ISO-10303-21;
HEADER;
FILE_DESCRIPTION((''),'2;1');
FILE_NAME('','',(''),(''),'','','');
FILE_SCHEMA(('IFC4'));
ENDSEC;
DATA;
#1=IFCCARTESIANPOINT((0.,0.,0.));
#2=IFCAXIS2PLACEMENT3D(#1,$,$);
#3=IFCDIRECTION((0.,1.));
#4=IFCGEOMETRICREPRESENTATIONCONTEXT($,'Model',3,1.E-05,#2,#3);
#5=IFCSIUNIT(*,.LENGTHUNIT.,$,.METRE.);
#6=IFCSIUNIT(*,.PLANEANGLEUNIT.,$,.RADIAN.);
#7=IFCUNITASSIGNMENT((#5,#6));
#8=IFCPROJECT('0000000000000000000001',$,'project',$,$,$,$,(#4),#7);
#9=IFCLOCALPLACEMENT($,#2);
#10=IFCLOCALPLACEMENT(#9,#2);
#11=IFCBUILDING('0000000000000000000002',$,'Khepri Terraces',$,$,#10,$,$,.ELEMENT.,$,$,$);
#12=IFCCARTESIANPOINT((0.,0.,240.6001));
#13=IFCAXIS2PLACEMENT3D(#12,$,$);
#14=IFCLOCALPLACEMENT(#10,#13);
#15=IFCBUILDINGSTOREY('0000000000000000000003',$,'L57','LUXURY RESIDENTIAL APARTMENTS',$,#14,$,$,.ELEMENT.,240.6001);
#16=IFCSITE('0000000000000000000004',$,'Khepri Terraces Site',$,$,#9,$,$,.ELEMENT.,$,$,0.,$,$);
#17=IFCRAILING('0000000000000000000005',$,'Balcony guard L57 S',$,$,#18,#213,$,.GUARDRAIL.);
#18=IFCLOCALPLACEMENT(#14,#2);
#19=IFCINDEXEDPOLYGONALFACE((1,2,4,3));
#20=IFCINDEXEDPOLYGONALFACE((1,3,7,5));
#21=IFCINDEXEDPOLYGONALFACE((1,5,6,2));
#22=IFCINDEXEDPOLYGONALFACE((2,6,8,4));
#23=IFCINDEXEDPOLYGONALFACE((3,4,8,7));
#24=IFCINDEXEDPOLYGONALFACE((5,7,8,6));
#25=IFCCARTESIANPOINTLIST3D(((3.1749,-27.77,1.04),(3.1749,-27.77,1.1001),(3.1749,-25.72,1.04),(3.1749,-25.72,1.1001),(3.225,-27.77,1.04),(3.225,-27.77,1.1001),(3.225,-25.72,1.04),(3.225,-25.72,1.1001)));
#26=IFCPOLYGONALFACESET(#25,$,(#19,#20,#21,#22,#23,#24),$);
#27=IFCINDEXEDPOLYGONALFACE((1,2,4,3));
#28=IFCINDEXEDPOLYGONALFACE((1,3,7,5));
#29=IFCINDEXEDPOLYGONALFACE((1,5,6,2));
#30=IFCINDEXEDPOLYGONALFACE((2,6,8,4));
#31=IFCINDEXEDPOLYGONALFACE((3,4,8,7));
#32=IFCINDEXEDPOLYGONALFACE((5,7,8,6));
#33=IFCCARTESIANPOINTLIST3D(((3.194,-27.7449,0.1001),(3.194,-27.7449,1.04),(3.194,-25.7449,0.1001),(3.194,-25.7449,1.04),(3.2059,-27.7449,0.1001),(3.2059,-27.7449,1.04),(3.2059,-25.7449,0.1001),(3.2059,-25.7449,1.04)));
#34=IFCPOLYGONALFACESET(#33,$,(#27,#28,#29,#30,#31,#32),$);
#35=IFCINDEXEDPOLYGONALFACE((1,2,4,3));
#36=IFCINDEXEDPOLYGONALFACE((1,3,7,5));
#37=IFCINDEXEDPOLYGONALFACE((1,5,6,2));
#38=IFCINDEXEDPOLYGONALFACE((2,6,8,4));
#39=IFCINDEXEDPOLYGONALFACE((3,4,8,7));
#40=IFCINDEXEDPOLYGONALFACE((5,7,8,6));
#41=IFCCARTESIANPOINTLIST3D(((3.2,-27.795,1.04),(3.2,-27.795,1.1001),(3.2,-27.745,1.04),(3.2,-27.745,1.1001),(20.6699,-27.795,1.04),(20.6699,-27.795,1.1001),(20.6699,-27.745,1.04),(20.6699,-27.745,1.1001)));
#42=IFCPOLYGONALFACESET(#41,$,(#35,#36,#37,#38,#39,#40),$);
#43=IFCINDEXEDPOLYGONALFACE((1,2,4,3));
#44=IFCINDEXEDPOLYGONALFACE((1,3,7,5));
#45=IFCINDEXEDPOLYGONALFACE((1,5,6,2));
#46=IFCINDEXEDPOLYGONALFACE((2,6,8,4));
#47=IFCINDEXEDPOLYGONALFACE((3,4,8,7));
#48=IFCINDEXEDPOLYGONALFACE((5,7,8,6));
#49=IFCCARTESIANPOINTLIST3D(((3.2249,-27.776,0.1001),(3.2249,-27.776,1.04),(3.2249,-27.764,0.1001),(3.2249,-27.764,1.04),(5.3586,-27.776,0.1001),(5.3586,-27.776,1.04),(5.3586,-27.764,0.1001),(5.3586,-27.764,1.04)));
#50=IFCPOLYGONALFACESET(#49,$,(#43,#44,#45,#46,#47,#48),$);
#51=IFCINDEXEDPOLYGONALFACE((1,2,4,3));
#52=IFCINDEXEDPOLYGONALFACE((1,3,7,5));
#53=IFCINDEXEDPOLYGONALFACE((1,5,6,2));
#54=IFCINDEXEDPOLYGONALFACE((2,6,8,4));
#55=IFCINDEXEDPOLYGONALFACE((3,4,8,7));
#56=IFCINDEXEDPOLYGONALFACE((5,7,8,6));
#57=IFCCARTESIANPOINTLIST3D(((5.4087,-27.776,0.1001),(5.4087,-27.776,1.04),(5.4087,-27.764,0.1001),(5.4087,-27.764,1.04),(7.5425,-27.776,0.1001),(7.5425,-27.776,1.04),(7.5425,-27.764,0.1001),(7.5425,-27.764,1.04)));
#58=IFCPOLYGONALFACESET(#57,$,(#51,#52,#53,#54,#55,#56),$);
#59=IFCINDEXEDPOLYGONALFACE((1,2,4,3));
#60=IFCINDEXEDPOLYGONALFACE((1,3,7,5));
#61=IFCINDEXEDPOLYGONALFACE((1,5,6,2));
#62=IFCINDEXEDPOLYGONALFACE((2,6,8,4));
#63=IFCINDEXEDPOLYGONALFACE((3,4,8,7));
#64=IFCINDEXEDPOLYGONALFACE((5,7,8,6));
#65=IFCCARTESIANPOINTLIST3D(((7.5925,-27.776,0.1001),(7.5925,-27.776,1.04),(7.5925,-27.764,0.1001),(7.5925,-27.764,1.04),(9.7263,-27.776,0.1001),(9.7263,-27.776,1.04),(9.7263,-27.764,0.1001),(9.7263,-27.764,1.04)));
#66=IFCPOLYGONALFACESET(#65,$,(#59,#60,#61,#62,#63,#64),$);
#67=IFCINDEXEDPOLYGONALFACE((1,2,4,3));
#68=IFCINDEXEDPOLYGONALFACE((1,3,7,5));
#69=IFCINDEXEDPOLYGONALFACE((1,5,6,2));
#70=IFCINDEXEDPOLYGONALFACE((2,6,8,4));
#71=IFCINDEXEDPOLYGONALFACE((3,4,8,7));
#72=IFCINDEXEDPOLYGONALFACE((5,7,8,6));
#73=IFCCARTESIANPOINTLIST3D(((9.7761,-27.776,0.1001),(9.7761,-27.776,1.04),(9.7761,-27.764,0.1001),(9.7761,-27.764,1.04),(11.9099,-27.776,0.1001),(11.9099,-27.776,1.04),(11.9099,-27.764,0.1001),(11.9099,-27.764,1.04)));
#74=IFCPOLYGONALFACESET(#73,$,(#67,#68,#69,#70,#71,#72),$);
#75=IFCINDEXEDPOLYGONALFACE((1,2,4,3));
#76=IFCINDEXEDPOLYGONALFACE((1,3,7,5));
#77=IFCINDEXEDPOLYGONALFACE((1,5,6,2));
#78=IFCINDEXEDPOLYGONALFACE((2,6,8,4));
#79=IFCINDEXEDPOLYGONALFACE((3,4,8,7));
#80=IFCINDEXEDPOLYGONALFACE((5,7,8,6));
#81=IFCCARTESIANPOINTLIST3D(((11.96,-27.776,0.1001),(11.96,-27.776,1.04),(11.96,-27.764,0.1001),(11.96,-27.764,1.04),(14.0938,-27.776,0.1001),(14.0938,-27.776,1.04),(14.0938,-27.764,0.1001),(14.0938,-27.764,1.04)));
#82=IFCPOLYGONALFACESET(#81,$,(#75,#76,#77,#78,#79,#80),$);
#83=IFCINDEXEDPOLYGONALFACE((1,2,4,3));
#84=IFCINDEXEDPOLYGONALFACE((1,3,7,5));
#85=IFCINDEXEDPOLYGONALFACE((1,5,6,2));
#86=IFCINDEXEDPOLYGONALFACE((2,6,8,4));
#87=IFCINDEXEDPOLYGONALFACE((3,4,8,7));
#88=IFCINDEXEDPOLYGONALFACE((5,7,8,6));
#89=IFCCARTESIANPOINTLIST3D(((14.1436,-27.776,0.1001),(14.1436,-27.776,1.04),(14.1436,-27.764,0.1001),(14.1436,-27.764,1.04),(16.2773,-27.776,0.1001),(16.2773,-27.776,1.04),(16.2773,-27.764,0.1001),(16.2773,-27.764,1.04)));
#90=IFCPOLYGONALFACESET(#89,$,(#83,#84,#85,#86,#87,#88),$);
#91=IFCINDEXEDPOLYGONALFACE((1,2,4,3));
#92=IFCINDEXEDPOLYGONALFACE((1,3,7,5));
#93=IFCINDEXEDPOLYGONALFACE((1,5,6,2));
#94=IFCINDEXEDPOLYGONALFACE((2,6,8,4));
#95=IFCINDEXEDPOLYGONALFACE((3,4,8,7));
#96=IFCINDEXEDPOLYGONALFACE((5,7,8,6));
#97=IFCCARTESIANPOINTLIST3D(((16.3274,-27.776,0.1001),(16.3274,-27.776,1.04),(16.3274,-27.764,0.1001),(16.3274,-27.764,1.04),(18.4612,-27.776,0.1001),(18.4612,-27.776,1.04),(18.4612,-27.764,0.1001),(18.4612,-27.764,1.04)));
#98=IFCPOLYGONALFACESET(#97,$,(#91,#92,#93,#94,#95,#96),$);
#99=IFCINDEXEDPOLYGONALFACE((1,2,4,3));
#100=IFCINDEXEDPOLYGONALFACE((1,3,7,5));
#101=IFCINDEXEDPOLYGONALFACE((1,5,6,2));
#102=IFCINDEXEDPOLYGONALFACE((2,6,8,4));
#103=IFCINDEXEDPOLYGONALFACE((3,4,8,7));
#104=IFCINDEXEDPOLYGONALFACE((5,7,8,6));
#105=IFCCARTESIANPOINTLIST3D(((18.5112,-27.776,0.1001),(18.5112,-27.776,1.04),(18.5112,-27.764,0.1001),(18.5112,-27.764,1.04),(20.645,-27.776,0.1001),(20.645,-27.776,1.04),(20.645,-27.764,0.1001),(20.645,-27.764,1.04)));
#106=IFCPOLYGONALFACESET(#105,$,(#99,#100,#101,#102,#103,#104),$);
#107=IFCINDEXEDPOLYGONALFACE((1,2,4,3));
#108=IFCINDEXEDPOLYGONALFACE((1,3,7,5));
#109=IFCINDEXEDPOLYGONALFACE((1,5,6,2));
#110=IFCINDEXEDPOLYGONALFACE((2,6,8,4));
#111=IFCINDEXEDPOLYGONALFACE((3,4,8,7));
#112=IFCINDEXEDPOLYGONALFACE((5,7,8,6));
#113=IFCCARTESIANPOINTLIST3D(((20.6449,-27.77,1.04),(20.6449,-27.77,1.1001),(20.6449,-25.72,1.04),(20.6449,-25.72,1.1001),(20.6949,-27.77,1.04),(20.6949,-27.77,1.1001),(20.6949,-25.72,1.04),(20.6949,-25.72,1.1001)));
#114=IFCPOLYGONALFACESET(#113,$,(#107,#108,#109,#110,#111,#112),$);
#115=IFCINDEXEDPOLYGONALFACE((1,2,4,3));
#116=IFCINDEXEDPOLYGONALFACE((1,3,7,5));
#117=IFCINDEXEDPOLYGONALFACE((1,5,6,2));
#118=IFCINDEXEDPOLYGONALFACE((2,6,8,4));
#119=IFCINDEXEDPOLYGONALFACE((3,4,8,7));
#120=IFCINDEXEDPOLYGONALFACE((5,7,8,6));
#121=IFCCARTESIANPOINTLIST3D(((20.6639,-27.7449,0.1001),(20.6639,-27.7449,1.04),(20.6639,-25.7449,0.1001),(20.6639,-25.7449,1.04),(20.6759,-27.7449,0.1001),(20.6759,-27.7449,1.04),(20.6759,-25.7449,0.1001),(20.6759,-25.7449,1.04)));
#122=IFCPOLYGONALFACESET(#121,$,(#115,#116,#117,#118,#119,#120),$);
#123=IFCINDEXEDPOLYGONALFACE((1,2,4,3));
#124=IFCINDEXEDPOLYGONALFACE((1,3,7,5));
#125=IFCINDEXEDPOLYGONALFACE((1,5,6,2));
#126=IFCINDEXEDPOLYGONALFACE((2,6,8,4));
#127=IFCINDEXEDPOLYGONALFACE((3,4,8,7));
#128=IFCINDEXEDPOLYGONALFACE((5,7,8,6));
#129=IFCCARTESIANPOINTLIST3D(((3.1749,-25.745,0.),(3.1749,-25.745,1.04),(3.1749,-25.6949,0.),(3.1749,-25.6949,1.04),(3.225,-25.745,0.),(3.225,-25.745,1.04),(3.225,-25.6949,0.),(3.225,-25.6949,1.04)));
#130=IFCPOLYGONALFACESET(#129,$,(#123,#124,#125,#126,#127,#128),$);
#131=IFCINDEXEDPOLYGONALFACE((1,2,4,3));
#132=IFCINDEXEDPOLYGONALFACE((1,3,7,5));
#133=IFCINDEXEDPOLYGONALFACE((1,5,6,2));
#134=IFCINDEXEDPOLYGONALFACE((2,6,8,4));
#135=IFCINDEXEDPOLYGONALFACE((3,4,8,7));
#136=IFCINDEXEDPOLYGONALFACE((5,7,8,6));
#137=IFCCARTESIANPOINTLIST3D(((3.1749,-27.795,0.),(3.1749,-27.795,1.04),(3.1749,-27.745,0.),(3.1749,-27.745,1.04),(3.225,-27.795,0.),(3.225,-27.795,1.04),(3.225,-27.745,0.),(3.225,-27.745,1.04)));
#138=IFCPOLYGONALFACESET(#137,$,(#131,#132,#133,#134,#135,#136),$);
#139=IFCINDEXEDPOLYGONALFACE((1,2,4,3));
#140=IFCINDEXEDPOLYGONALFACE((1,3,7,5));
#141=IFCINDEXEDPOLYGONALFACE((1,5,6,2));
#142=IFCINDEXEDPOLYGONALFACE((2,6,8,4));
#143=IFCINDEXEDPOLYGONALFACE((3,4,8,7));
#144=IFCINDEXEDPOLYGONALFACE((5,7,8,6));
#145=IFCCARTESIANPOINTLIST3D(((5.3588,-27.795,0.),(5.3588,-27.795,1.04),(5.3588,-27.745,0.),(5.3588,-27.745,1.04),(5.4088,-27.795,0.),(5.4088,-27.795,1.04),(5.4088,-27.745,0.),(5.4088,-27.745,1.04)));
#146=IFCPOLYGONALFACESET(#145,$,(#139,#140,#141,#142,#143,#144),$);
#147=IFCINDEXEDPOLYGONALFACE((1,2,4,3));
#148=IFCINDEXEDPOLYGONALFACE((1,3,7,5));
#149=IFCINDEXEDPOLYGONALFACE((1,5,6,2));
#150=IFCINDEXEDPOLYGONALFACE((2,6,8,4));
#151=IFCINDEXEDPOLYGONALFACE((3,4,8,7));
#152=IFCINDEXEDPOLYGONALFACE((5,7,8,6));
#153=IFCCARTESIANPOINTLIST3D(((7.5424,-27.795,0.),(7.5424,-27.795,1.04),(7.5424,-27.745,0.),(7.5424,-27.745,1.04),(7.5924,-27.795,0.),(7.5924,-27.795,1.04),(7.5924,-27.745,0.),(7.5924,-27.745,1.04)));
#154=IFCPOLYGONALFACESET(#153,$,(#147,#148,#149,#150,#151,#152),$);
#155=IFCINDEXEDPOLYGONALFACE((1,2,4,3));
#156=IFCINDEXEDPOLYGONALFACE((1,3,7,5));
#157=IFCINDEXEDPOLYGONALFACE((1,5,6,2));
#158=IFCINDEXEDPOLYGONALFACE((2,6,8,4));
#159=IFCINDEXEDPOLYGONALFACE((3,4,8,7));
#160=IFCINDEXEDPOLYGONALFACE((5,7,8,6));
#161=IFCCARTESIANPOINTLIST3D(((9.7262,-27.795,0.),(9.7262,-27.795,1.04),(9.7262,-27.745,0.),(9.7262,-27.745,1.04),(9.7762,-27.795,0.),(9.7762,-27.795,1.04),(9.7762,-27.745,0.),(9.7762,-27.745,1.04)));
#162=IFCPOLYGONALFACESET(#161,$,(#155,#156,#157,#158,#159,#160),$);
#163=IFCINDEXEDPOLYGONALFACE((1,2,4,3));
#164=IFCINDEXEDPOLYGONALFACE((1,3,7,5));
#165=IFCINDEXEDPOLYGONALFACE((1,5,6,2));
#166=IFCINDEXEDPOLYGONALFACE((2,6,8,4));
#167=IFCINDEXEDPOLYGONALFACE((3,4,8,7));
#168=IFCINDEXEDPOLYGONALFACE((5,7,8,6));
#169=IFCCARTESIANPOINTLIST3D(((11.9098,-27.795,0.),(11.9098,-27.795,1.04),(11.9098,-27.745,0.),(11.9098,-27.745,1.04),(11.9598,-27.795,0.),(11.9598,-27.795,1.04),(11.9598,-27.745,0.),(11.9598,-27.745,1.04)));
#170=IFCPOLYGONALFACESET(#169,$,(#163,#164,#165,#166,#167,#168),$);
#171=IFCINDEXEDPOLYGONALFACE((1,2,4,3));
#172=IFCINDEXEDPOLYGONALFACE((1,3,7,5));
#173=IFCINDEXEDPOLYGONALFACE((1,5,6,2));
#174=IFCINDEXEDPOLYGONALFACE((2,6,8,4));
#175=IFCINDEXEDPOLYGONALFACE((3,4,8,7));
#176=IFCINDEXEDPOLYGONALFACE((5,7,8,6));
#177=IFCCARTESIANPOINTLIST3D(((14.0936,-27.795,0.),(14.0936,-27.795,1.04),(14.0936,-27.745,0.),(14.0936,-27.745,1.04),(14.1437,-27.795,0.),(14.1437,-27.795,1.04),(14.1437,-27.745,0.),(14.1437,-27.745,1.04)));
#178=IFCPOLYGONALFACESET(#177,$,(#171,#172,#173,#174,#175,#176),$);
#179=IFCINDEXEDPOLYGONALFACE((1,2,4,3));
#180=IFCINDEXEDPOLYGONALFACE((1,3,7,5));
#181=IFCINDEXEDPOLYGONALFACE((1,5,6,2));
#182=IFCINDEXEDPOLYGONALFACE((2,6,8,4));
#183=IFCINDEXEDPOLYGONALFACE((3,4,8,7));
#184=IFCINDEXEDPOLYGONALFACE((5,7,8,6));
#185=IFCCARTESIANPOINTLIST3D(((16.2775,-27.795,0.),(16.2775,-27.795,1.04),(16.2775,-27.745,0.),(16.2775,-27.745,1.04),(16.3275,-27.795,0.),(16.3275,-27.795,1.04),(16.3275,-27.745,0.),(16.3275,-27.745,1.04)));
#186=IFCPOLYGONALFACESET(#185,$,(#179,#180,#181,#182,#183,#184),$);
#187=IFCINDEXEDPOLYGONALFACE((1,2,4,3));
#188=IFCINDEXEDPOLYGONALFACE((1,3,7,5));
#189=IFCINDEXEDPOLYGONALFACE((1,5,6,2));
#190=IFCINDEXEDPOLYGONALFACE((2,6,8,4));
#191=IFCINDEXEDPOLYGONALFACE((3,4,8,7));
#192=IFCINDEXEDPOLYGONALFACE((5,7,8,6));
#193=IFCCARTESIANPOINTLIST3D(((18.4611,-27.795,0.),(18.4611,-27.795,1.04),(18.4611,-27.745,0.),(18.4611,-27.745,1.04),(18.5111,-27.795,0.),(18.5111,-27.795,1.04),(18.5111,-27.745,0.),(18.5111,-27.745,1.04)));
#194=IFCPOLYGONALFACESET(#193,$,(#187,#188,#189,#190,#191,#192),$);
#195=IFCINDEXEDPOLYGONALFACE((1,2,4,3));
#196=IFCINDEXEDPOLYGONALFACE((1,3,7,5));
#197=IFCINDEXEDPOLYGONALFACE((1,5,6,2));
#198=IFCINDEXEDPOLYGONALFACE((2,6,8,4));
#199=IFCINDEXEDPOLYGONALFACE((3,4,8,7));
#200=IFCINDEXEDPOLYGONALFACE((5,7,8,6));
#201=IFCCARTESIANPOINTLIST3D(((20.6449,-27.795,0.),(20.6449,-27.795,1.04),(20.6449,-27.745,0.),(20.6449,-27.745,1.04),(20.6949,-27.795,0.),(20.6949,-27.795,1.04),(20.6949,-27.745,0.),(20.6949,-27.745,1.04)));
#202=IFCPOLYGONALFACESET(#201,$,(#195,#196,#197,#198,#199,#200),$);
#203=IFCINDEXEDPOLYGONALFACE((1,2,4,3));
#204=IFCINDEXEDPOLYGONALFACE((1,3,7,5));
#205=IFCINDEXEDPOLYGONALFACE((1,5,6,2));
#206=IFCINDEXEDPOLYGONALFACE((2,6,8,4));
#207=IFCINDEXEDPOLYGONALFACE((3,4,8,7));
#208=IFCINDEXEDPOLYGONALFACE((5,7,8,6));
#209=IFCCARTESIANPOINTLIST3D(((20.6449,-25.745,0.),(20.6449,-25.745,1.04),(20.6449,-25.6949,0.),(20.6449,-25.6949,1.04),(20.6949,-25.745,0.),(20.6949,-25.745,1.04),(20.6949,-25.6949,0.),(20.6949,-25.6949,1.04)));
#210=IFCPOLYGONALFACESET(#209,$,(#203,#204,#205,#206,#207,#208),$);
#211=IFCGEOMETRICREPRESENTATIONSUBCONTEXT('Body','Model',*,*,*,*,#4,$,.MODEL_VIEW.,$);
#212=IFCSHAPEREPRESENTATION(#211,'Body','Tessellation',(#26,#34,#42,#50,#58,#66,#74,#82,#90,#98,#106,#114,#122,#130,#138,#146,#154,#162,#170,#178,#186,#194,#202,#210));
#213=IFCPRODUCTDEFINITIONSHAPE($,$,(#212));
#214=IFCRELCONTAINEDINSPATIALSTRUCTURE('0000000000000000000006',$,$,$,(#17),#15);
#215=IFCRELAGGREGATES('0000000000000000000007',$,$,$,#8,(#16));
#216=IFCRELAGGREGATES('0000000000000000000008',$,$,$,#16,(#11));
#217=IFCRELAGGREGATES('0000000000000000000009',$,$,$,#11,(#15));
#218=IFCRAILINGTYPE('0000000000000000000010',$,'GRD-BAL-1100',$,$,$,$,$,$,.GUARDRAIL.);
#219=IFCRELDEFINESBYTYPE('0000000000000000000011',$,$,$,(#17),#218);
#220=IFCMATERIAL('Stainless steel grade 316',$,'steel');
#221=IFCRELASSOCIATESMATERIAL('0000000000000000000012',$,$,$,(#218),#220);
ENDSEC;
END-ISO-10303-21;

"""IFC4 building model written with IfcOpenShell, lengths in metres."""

from ifc_helpers import new_model, si_unit, direction, frame, origin, origin_2d, place, context, subcontext, project, spatial, rectangle, extrude, material, type_object, element, save


model = new_model("IFC4")

# Units and contexts
model_context = context("Model", 3, precision=1e-05, world=origin(), true_north=direction((0.0, 1.0)))
body_context = subcontext(model_context, "Body", "Model", "MODEL_VIEW")
ifc_project = project(units=[si_unit("LENGTHUNIT", "METRE"), si_unit("PLANEANGLEUNIT", "RADIAN")], contexts=[model_context])

# Site, building, storey
site_placement = place(None, origin())
site = spatial("IfcSite", under=ifc_project, at=site_placement, Name="Khepri Terraces Site", CompositionType="ELEMENT", RefElevation=0.0)
building_placement = place(site_placement, origin())
building = spatial("IfcBuilding", under=site, at=building_placement, Name="Khepri Terraces", CompositionType="ELEMENT")
storey_placement = place(building_placement, frame((0.0, 0.0, 240.6001)))
storey = spatial("IfcBuildingStorey", under=building, at=storey_placement, Name="L57", Description="LUXURY RESIDENTIAL APARTMENTS", CompositionType="ELEMENT", Elevation=240.6001)

# Railing
ifc_material_1 = material(Name="Stainless steel grade 316", Category="steel")
railing_type_1 = type_object("IfcRailingType", Name="GRD-BAL-1100", PredefinedType="GUARDRAIL", material=ifc_material_1)
railing_1_placement = place(storey_placement, frame((3.2, -25.72, 0.0)))
element("IfcRailing", 1, at=railing_1_placement, inside=storey, type_object=railing_type_1, Name="Balcony guard L57 S", PredefinedType="GUARDRAIL", context=body_context, shape_type="SweptSolid", body=[
    extrude(rectangle(XDim=0.05, YDim=0.0601, at=origin_2d()), frame((0.0, 0.0, 1.0701), z_axis=(0.0, -1.0, 0.0), x_axis=(1.0, 0.0, 0.0)), (0.0, 0.0, 1.0), 2.05),
    extrude(rectangle(XDim=2.0, YDim=0.012, at=origin_2d()), frame((0.0, -1.0249, 0.1001), z_axis=(0.0, 0.0, 1.0), x_axis=(0.0, -1.0, 0.0)), (0.0, 0.0, 1.0), 0.9399),
    extrude(rectangle(XDim=0.05, YDim=0.0601, at=origin_2d()), frame((0.0, -2.05, 1.0701), z_axis=(1.0, 0.0, 0.0), x_axis=(0.0, 1.0, 0.0)), (0.0, 0.0, 1.0), 17.47),
    extrude(rectangle(XDim=2.1338, YDim=0.012, at=origin_2d()), frame((1.0918, -2.05, 0.1001), z_axis=(0.0, 0.0, 1.0), x_axis=(1.0, 0.0, 0.0)), (0.0, 0.0, 1.0), 0.9399),
    extrude(rectangle(XDim=2.1338, YDim=0.012, at=origin_2d()), frame((3.2756, -2.05, 0.1001), z_axis=(0.0, 0.0, 1.0), x_axis=(1.0, 0.0, 0.0)), (0.0, 0.0, 1.0), 0.9399),
    extrude(rectangle(XDim=2.1338, YDim=0.012, at=origin_2d()), frame((5.4595, -2.05, 0.1001), z_axis=(0.0, 0.0, 1.0), x_axis=(1.0, 0.0, 0.0)), (0.0, 0.0, 1.0), 0.9399),
    extrude(rectangle(XDim=2.1338, YDim=0.012, at=origin_2d()), frame((7.6431, -2.05, 0.1001), z_axis=(0.0, 0.0, 1.0), x_axis=(1.0, 0.0, 0.0)), (0.0, 0.0, 1.0), 0.9399),
    extrude(rectangle(XDim=2.1338, YDim=0.012, at=origin_2d()), frame((9.8269, -2.05, 0.1001), z_axis=(0.0, 0.0, 1.0), x_axis=(1.0, 0.0, 0.0)), (0.0, 0.0, 1.0), 0.9399),
    extrude(rectangle(XDim=2.1338, YDim=0.012, at=origin_2d()), frame((12.0105, -2.05, 0.1001), z_axis=(0.0, 0.0, 1.0), x_axis=(1.0, 0.0, 0.0)), (0.0, 0.0, 1.0), 0.9399),
    extrude(rectangle(XDim=2.1338, YDim=0.012, at=origin_2d()), frame((14.1943, -2.05, 0.1001), z_axis=(0.0, 0.0, 1.0), x_axis=(1.0, 0.0, 0.0)), (0.0, 0.0, 1.0), 0.9399),
    extrude(rectangle(XDim=2.1338, YDim=0.012, at=origin_2d()), frame((16.3782, -2.05, 0.1001), z_axis=(0.0, 0.0, 1.0), x_axis=(1.0, 0.0, 0.0)), (0.0, 0.0, 1.0), 0.9399),
    extrude(rectangle(XDim=0.05, YDim=0.0601, at=origin_2d()), frame((17.47, -2.05, 1.0701), z_axis=(0.0, 1.0, 0.0), x_axis=(-1.0, 0.0, 0.0)), (0.0, 0.0, 1.0), 2.05),
    extrude(rectangle(XDim=2.0, YDim=0.012, at=origin_2d()), frame((17.47, -1.0249, 0.1001), z_axis=(0.0, 0.0, 1.0), x_axis=(0.0, 1.0, 0.0)), (0.0, 0.0, 1.0), 0.9399),
    extrude(rectangle(XDim=0.05, YDim=0.05, at=origin_2d()), origin(), (0.0, 0.0, 1.0), 1.04),
    extrude(rectangle(XDim=0.05, YDim=0.05, at=origin_2d()), frame((0.0, -2.05, 0.0)), (0.0, 0.0, 1.0), 1.04),
    extrude(rectangle(XDim=0.05, YDim=0.05, at=origin_2d()), frame((2.1838, -2.05, 0.0)), (0.0, 0.0, 1.0), 1.04),
    extrude(rectangle(XDim=0.05, YDim=0.05, at=origin_2d()), frame((4.3674, -2.05, 0.0)), (0.0, 0.0, 1.0), 1.04),
    extrude(rectangle(XDim=0.05, YDim=0.05, at=origin_2d()), frame((6.5513, -2.05, 0.0)), (0.0, 0.0, 1.0), 1.04),
    extrude(rectangle(XDim=0.05, YDim=0.05, at=origin_2d()), frame((8.7349, -2.05, 0.0)), (0.0, 0.0, 1.0), 1.04),
    extrude(rectangle(XDim=0.05, YDim=0.05, at=origin_2d()), frame((10.9187, -2.05, 0.0)), (0.0, 0.0, 1.0), 1.04),
    extrude(rectangle(XDim=0.05, YDim=0.05, at=origin_2d()), frame((13.1025, -2.05, 0.0)), (0.0, 0.0, 1.0), 1.04),
    extrude(rectangle(XDim=0.05, YDim=0.05, at=origin_2d()), frame((15.2861, -2.05, 0.0)), (0.0, 0.0, 1.0), 1.04),
    extrude(rectangle(XDim=0.05, YDim=0.05, at=origin_2d()), frame((17.47, -2.05, 0.0)), (0.0, 0.0, 1.0), 1.04),
    extrude(rectangle(XDim=0.05, YDim=0.05, at=origin_2d()), frame((17.47, 0.0, 0.0)), (0.0, 0.0, 1.0), 1.04),
])

save(model, "model.ifc")
